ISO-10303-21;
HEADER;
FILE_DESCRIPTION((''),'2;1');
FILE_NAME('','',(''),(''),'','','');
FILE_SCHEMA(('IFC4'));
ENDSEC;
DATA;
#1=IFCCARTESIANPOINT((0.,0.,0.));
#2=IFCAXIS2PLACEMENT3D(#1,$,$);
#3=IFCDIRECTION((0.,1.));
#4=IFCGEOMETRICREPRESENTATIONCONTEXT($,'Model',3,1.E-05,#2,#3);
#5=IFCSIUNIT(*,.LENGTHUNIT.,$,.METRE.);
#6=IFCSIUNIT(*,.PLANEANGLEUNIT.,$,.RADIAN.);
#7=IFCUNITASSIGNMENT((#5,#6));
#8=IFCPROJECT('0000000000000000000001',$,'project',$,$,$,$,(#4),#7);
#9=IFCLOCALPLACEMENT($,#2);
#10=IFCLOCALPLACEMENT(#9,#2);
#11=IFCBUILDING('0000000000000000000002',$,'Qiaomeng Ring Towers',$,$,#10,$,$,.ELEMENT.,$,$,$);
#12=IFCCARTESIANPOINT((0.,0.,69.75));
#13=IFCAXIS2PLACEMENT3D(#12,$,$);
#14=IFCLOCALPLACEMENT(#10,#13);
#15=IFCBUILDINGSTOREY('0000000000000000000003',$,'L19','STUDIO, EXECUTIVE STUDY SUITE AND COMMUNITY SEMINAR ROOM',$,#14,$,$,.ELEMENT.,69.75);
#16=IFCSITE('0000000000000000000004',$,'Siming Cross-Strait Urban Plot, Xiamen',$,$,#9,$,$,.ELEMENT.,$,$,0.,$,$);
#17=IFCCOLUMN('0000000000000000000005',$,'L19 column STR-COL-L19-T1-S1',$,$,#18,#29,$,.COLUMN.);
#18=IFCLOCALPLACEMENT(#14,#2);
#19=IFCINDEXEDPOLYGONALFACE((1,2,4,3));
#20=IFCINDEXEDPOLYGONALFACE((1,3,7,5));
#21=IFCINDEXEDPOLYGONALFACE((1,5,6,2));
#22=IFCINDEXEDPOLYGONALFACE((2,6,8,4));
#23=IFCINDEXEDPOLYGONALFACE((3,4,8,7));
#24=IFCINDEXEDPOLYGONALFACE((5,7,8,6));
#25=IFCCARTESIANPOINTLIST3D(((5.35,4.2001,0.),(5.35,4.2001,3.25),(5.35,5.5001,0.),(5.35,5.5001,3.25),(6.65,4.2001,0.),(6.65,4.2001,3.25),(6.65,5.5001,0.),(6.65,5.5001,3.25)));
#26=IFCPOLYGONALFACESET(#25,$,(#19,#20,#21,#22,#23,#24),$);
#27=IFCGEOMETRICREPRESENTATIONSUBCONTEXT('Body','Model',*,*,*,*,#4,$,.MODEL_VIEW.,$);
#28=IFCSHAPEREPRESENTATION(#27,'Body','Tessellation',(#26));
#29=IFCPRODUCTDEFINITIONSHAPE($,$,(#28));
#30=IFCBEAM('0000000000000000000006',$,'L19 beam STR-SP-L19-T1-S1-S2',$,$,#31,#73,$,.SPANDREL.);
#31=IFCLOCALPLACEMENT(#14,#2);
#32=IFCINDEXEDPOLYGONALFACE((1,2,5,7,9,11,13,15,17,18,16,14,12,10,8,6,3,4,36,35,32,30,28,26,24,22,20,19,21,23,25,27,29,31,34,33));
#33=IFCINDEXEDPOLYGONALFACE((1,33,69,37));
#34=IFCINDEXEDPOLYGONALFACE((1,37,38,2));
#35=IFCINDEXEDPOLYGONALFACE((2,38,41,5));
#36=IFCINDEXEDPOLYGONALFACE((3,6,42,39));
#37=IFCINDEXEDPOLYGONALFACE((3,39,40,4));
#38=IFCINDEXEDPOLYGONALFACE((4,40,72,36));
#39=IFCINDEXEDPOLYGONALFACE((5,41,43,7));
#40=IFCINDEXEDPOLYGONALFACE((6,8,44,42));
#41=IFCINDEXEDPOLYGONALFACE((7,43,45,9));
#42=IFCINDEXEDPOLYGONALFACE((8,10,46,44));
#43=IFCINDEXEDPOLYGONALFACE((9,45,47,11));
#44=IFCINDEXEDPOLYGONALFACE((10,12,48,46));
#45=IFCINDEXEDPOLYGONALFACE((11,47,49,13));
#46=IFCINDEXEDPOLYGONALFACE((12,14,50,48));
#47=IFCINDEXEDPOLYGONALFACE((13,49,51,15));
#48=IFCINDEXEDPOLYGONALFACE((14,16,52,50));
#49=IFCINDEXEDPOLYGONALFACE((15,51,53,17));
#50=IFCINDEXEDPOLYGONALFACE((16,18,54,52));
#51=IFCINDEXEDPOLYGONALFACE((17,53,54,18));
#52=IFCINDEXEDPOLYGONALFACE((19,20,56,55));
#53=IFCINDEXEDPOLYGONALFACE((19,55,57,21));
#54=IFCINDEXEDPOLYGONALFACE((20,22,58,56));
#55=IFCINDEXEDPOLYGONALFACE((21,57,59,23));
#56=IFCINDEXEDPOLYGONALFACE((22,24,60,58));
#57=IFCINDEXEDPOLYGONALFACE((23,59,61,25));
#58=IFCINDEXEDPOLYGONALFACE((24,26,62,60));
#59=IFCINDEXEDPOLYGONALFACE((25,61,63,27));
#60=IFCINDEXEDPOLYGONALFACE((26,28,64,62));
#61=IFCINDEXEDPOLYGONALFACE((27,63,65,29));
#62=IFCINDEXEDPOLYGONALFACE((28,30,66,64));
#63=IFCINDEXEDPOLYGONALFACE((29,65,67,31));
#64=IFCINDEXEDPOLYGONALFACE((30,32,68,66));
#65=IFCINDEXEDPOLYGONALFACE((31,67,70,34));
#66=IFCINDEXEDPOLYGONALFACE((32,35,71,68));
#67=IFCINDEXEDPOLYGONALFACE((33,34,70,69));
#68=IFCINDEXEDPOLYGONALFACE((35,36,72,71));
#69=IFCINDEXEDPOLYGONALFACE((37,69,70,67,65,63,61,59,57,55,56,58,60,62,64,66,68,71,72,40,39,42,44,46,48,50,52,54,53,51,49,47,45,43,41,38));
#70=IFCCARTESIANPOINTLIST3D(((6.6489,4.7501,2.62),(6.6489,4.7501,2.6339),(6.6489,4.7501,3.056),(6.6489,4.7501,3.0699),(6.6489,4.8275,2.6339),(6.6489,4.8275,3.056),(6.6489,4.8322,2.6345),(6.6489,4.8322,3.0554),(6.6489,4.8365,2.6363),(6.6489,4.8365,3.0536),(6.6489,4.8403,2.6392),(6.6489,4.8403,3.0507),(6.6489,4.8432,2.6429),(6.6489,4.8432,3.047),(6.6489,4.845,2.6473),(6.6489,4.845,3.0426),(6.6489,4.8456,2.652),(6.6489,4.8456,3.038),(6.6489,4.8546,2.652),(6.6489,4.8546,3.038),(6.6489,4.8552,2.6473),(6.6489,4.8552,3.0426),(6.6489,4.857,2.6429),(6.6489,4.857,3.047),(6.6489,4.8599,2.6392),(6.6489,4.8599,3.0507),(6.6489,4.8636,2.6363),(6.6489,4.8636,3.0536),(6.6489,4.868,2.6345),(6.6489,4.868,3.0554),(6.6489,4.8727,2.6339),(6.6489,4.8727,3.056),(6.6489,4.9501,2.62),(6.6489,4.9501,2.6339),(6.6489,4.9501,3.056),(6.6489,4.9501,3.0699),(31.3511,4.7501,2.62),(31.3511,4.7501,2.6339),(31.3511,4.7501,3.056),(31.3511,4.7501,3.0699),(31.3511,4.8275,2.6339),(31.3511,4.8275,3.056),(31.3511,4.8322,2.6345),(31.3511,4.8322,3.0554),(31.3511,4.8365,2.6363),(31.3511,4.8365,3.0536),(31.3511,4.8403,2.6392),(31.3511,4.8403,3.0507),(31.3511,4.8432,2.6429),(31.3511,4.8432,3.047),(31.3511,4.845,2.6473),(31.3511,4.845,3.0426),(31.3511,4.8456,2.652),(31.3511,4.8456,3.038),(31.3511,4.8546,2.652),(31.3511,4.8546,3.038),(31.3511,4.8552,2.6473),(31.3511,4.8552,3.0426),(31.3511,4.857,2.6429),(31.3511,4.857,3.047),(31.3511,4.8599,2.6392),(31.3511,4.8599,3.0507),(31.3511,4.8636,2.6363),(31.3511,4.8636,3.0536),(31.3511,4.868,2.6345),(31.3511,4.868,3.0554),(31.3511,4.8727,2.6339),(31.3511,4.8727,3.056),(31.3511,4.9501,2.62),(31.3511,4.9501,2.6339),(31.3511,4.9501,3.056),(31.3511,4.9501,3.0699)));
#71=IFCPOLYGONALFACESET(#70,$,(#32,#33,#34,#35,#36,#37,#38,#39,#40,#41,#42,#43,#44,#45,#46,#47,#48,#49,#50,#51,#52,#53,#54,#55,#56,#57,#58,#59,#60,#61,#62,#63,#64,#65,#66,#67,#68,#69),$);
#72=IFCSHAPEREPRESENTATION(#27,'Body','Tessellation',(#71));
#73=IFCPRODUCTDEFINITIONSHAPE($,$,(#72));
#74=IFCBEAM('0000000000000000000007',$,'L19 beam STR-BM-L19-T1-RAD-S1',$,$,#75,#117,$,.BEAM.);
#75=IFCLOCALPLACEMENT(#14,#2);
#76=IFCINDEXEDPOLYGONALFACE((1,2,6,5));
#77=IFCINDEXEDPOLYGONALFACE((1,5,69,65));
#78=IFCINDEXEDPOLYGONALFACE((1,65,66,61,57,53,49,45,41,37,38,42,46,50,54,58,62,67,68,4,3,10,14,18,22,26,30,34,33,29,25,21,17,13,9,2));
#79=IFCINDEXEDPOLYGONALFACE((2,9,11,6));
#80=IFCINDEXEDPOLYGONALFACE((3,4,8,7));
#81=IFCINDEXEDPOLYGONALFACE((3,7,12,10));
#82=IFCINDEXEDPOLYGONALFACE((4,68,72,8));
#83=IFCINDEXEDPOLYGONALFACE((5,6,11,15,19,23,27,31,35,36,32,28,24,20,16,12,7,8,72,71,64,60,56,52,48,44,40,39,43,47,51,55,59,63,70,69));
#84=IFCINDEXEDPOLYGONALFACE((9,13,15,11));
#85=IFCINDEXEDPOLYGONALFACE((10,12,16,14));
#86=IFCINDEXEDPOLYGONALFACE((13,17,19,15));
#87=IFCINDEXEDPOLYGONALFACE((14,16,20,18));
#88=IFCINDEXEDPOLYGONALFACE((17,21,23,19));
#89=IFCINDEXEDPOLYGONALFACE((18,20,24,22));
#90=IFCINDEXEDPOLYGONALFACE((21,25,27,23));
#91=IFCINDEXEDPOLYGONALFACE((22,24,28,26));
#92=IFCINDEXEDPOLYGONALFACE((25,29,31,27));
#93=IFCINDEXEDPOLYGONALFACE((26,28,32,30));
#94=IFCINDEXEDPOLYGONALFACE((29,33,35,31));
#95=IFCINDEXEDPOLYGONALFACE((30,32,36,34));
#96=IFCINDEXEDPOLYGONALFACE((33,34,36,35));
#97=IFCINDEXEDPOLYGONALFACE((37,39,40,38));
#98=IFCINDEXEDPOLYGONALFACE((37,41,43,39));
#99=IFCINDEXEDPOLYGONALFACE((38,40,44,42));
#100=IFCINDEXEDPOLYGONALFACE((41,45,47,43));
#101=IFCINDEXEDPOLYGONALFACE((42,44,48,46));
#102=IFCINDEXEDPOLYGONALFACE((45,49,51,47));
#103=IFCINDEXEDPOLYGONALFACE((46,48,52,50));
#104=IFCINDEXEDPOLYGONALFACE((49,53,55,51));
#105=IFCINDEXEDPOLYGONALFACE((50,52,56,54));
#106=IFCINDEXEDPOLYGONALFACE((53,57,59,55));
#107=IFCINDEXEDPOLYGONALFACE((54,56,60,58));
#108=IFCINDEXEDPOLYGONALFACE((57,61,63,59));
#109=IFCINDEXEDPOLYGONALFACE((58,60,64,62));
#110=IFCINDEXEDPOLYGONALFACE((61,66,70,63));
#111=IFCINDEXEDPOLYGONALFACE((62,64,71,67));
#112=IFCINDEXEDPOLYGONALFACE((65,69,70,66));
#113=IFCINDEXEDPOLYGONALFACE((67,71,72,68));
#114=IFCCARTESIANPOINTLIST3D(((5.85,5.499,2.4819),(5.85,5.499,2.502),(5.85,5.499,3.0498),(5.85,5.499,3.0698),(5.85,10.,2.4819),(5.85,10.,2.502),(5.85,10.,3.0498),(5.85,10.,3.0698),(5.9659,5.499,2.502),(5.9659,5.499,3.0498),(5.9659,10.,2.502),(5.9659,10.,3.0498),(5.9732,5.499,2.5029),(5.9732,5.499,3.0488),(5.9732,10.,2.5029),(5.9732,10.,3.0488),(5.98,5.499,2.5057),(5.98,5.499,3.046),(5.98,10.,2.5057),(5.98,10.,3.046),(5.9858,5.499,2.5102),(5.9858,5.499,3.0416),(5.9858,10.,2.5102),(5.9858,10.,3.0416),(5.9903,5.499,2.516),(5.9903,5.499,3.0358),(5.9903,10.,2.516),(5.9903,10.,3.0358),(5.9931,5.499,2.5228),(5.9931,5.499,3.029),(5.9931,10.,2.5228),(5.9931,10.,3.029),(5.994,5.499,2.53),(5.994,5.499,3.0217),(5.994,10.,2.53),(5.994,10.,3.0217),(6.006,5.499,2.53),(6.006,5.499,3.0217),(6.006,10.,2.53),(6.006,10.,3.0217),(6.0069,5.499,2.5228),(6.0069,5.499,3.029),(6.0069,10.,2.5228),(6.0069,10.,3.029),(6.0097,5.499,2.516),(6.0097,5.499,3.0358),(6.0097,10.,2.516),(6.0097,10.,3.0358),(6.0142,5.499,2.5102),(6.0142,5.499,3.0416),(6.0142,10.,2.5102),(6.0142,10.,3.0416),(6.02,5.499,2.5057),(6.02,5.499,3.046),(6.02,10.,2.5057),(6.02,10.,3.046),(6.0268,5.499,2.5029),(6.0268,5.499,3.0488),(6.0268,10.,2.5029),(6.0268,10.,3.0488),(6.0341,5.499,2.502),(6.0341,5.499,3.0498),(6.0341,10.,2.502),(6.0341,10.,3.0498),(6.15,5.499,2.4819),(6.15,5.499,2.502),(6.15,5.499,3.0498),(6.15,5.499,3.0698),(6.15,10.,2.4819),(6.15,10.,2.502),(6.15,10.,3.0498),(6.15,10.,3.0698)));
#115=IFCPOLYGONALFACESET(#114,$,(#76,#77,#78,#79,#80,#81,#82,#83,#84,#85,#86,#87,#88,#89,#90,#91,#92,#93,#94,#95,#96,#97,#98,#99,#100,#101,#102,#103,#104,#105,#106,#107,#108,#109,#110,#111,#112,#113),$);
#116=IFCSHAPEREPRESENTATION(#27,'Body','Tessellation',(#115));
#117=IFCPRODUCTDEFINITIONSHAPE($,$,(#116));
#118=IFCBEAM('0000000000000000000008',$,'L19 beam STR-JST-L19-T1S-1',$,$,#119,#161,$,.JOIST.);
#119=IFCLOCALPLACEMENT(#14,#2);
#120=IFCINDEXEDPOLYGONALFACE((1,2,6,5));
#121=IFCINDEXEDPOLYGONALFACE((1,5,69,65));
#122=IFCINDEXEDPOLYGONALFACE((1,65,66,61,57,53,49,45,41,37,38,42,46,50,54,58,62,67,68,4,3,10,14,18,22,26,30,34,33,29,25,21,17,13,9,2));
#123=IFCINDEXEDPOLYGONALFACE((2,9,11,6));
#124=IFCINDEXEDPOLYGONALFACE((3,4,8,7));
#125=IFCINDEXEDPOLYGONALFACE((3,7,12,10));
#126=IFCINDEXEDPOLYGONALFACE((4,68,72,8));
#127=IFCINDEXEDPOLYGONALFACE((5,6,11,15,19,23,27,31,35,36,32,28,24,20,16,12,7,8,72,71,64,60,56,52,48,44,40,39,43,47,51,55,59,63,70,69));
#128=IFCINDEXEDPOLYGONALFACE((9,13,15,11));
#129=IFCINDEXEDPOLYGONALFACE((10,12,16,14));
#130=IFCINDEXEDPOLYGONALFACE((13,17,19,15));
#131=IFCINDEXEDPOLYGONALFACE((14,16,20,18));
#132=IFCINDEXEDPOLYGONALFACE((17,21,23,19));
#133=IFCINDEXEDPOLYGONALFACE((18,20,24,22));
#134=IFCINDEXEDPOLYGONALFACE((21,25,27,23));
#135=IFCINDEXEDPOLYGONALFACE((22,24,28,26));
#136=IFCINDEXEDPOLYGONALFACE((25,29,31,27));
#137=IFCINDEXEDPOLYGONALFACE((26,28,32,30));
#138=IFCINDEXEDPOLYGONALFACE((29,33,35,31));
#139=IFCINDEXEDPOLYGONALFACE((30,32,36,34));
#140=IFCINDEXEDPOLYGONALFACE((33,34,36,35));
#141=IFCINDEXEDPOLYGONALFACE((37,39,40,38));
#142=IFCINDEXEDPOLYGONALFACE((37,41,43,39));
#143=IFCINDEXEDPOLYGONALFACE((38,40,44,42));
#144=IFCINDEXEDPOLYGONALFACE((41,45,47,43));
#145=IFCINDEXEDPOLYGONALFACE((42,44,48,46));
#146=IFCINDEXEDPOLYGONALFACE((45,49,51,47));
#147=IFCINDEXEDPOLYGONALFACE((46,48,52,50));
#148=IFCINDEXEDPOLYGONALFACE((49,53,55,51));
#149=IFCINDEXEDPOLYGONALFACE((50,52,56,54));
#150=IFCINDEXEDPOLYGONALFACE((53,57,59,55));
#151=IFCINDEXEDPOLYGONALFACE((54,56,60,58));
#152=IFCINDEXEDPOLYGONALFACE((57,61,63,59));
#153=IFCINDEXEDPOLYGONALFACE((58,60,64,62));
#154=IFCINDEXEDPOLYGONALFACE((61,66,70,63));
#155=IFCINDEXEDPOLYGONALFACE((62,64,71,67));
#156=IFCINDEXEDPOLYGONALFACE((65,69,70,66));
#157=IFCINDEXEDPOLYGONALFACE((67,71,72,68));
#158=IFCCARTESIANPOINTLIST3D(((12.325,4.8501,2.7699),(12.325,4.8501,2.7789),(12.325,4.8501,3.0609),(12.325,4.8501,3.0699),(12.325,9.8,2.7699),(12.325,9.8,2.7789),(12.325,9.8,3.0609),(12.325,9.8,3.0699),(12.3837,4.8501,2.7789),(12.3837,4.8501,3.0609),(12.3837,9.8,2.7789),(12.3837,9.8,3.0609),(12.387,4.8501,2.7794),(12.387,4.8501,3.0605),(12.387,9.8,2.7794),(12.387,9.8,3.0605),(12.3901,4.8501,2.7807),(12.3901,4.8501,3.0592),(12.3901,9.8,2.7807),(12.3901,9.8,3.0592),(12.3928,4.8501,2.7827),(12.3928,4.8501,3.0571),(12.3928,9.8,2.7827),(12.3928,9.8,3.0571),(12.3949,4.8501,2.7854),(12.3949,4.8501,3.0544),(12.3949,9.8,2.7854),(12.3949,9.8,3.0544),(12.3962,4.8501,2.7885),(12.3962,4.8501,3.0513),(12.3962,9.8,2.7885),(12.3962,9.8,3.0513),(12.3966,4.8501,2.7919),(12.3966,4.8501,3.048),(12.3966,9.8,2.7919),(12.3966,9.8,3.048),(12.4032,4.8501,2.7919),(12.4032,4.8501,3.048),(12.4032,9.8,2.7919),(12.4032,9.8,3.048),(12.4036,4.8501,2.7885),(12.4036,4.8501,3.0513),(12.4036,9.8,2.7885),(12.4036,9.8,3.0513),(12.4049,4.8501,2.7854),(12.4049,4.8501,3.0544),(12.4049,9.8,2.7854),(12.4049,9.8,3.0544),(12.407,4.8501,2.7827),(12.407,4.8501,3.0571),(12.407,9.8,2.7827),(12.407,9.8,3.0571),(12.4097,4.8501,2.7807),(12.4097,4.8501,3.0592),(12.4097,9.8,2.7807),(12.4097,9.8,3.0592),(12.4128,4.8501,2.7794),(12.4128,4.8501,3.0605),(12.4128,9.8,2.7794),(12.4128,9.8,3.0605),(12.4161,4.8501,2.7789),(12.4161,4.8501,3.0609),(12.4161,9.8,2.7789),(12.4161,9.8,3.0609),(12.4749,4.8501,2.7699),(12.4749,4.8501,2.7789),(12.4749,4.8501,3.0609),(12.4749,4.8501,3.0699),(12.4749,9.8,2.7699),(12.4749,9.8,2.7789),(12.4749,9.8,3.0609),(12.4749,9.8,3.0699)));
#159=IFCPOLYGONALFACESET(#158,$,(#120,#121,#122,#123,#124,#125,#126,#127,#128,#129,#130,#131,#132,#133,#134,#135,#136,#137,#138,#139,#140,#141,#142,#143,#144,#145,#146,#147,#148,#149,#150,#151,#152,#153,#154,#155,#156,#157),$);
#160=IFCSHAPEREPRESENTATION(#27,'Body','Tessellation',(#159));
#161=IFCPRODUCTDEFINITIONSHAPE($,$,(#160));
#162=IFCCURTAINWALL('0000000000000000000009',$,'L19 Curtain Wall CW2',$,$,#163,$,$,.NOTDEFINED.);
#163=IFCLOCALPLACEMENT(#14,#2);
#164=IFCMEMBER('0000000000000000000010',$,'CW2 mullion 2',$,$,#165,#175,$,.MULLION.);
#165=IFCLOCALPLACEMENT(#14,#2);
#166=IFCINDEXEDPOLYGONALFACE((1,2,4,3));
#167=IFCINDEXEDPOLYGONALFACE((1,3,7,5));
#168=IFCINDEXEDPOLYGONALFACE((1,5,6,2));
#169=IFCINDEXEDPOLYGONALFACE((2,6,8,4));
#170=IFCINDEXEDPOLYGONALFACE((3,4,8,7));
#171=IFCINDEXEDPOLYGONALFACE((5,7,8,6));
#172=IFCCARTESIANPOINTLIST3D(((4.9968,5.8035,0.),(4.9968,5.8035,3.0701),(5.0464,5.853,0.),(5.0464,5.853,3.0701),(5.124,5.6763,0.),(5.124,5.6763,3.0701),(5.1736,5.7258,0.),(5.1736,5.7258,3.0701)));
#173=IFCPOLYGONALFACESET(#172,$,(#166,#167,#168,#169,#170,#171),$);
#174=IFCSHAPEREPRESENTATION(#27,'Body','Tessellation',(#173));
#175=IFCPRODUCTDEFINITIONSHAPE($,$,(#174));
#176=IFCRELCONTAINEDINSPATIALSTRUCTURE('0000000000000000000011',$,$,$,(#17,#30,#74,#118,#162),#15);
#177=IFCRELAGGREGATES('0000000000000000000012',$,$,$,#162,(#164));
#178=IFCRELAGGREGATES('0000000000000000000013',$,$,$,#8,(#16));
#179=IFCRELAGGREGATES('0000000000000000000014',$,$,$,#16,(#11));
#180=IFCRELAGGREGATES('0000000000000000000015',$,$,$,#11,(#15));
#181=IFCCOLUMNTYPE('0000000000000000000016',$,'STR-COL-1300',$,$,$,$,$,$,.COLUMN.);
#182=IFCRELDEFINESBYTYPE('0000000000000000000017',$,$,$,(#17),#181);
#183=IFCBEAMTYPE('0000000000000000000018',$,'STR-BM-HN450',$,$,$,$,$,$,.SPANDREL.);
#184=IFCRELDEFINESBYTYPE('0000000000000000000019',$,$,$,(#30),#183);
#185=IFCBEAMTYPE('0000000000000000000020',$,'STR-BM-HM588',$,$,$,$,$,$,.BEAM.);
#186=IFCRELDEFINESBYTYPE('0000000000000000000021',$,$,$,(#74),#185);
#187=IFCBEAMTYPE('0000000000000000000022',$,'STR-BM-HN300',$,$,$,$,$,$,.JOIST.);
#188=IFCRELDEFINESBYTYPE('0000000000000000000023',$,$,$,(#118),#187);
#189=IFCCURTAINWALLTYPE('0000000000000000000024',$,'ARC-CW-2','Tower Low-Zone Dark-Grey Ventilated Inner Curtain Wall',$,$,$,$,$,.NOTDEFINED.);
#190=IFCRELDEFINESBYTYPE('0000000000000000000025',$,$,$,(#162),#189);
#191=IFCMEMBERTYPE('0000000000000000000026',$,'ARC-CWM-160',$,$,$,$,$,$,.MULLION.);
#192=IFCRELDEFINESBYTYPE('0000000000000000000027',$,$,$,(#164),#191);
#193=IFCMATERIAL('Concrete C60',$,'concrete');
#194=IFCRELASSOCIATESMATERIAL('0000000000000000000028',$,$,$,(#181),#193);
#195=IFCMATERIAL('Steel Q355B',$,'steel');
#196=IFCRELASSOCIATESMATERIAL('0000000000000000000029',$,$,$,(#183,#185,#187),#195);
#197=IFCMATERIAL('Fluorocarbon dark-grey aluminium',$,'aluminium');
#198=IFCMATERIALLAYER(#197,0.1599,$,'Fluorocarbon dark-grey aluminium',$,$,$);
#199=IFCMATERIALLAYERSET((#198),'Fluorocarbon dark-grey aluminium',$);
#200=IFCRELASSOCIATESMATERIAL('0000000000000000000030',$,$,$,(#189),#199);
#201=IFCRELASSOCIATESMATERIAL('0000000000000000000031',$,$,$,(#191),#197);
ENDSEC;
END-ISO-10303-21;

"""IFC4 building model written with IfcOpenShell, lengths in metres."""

from ifc_helpers import new_model, si_unit, direction, frame, origin, origin_2d, place, context, subcontext, project, spatial, rectangle, i_section, extrude, source, transform, mapped, material, layer, layer_set, material_profile, profile_set, type_object, element, aggregate, save


model = new_model("IFC4")

# Units and contexts
model_context = context("Model", 3, precision=1e-05, world=origin(), true_north=direction((0.0, 1.0)))
body_context = subcontext(model_context, "Body", "Model", "MODEL_VIEW")
ifc_project = project(units=[si_unit("LENGTHUNIT", "METRE"), si_unit("PLANEANGLEUNIT", "RADIAN")], contexts=[model_context])

# Site, building, storey
site_placement = place(None, origin())
site = spatial("IfcSite", under=ifc_project, at=site_placement, Name="Siming Cross-Strait Urban Plot, Xiamen", CompositionType="ELEMENT", RefElevation=0.0)
building_placement = place(site_placement, origin())
building = spatial("IfcBuilding", under=site, at=building_placement, Name="Qiaomeng Ring Towers", CompositionType="ELEMENT")
storey_placement = place(building_placement, frame((0.0, 0.0, 69.75)))
storey = spatial("IfcBuildingStorey", under=building, at=storey_placement, Name="L19", Description="STUDIO, EXECUTIVE STUDY SUITE AND COMMUNITY SEMINAR ROOM", CompositionType="ELEMENT", Elevation=69.75)

# Column
ifc_material_1 = material(Name="Concrete C60", Category="concrete")
ifc_material_profile_1 = material_profile(ifc_material_1, rectangle(XDim=1.3, YDim=1.3, at=origin_2d()), Name="RC COL 1300x1300")
ifc_profile_set_1 = profile_set([ifc_material_profile_1], Name="Concrete C60")
column_type = type_object("IfcColumnType", Name="STR-COL-1300", PredefinedType="COLUMN", material=ifc_profile_set_1)
shared_shape_1 = source(origin(), body_context, "Body", "SweptSolid", [
    extrude(rectangle(XDim=1.3, YDim=1.3, at=origin_2d()), origin(), (0.0, 0.0, 1.0), 3.25),
])
column_placement = place(storey_placement, frame((6.0, 4.8501, 0.0), z_axis=(0.0, 0.0, 1.0), x_axis=(1.0, 0.0, 0.0)))
element("IfcColumn", 1, at=column_placement, inside=storey, type_object=column_type, Name="L19 column STR-COL-L19-T1-S1", PredefinedType="COLUMN", context=body_context, shape_type="MappedRepresentation", body=[
    mapped(shared_shape_1, transform((0.0, 0.0, 0.0), x_axis=(1.0, 0.0, 0.0), y_axis=(0.0, 1.0, 0.0), z_axis=(0.0, 0.0, 1.0), scale=1.0)),
])

# Beams
ifc_material_2 = material(Name="Steel Q355B", Category="steel")
ifc_material_profile_2 = material_profile(ifc_material_2, i_section(OverallWidth=0.2, OverallDepth=0.45, WebThickness=0.009, FlangeThickness=0.0139, FilletRadius=0.0181, at=origin_2d()), Name="HN 450x200x9x14")
ifc_profile_set_2 = profile_set([ifc_material_profile_2], Name="Steel Q355B")
beam_type_1 = type_object("IfcBeamType", Name="STR-BM-HN450", PredefinedType="SPANDREL", material=ifc_profile_set_2)
shared_shape_2 = source(origin(), body_context, "Body", "SweptSolid", [
    extrude(i_section(OverallWidth=0.2, OverallDepth=0.45, WebThickness=0.009, FlangeThickness=0.0139, FilletRadius=0.0181, at=origin_2d()), origin(), (0.0, 0.0, 1.0), 24.7021),
])
beam_1_placement = place(storey_placement, frame((6.6489, 4.8501, 2.845), z_axis=(1.0, 0.0, 0.0), x_axis=(0.0, 1.0, 0.0)))
element("IfcBeam", 2, at=beam_1_placement, inside=storey, type_object=beam_type_1, Name="L19 beam STR-SP-L19-T1-S1-S2", PredefinedType="SPANDREL", context=body_context, shape_type="MappedRepresentation", body=[
    mapped(shared_shape_2, transform((0.0, 0.0, 0.0), x_axis=(1.0, 0.0, 0.0), y_axis=(0.0, 1.0, 0.0), z_axis=(0.0, 0.0, 1.0), scale=1.0)),
])
ifc_material_profile_3 = material_profile(ifc_material_2, i_section(OverallWidth=0.3, OverallDepth=0.5879, WebThickness=0.012, FlangeThickness=0.02, FilletRadius=0.0281, at=origin_2d()), Name="HM 588x300x12x20")
ifc_profile_set_3 = profile_set([ifc_material_profile_3], Name="Steel Q355B")
beam_type_2 = type_object("IfcBeamType", Name="STR-BM-HM588", PredefinedType="BEAM", material=ifc_profile_set_3)
shared_shape_3 = source(origin(), body_context, "Body", "SweptSolid", [
    extrude(i_section(OverallWidth=0.3, OverallDepth=0.5879, WebThickness=0.012, FlangeThickness=0.02, FilletRadius=0.0281, at=origin_2d()), origin(), (0.0, 0.0, 1.0), 4.501),
])
beam_2_placement = place(storey_placement, frame((6.0, 5.499, 2.7759), z_axis=(0.0, 1.0, 0.0), x_axis=(-1.0, 0.0, 0.0)))
element("IfcBeam", 3, at=beam_2_placement, inside=storey, type_object=beam_type_2, Name="L19 beam STR-BM-L19-T1-RAD-S1", PredefinedType="BEAM", context=body_context, shape_type="MappedRepresentation", body=[
    mapped(shared_shape_3, transform((0.0, 0.0, 0.0), x_axis=(1.0, 0.0, 0.0), y_axis=(0.0, 1.0, 0.0), z_axis=(0.0, 0.0, 1.0), scale=1.0)),
])
ifc_material_profile_4 = material_profile(ifc_material_2, i_section(OverallWidth=0.1499, OverallDepth=0.3, WebThickness=0.0066, FlangeThickness=0.009, FilletRadius=0.0129, at=origin_2d()), Name="HN 300x150x6.5x9")
ifc_profile_set_4 = profile_set([ifc_material_profile_4], Name="Steel Q355B")
beam_type_3 = type_object("IfcBeamType", Name="STR-BM-HN300", PredefinedType="JOIST", material=ifc_profile_set_4)
shared_shape_4 = source(origin(), body_context, "Body", "SweptSolid", [
    extrude(i_section(OverallWidth=0.1499, OverallDepth=0.3, WebThickness=0.0066, FlangeThickness=0.009, FilletRadius=0.0129, at=origin_2d()), origin(), (0.0, 0.0, 1.0), 4.95),
])
beam_3_placement = place(storey_placement, frame((12.3999, 4.8501, 2.9199), z_axis=(0.0, 1.0, 0.0), x_axis=(-1.0, 0.0, 0.0)))
element("IfcBeam", 4, at=beam_3_placement, inside=storey, type_object=beam_type_3, Name="L19 beam STR-JST-L19-T1S-1", PredefinedType="JOIST", context=body_context, shape_type="MappedRepresentation", body=[
    mapped(shared_shape_4, transform((0.0, 0.0, 0.0), x_axis=(1.0, 0.0, 0.0), y_axis=(0.0, 1.0, 0.0), z_axis=(0.0, 0.0, 1.0), scale=1.0)),
])

# Curtain wall, member
ifc_material_3 = material(Name="Fluorocarbon dark-grey aluminium", Category="aluminium")
ifc_layer_1 = layer(ifc_material_3, 0.1599, Name="Fluorocarbon dark-grey aluminium")
ifc_layer_set_1 = layer_set([ifc_layer_1], Name="Fluorocarbon dark-grey aluminium")
curtain_wall_type = type_object("IfcCurtainWallType", Name="ARC-CW-2", Description="Tower Low-Zone Dark-Grey Ventilated Inner Curtain Wall", PredefinedType="NOTDEFINED", material=ifc_layer_set_1)
curtain_wall_placement = place(storey_placement, origin())
curtain_wall = element("IfcCurtainWall", 5, at=curtain_wall_placement, inside=storey, type_object=curtain_wall_type, Name="L19 Curtain Wall CW2", PredefinedType="NOTDEFINED")
ifc_material_profile_5 = material_profile(ifc_material_3, rectangle(XDim=0.0701, YDim=0.1799, at=origin_2d()), Name="ALU MULL 70x180")
ifc_profile_set_5 = profile_set([ifc_material_profile_5], Name="Fluorocarbon dark-grey aluminium")
member_type = type_object("IfcMemberType", Name="ARC-CWM-160", PredefinedType="MULLION", material=ifc_profile_set_5)
shared_shape_5 = source(origin(), body_context, "Body", "SweptSolid", [
    extrude(rectangle(XDim=0.0701, YDim=0.1799, at=origin_2d()), origin(), (0.0, 0.0, 1.0), 3.0701),
])
member_placement = place(storey_placement, frame((5.0852, 5.7646, 0.0), z_axis=(0.0, 0.0, 1.0), x_axis=(0.707107, 0.707107, 0.0)))
member = element("IfcMember", 6, at=member_placement, type_object=member_type, Name="CW2 mullion 2", PredefinedType="MULLION", context=body_context, shape_type="MappedRepresentation", body=[
    mapped(shared_shape_5, transform((0.0, 0.0, 0.0), x_axis=(1.0, 0.0, 0.0), y_axis=(0.0, 1.0, 0.0), z_axis=(0.0, 0.0, 1.0), scale=1.0)),
])

aggregate(curtain_wall, [member])

save(model, "model.ifc")
